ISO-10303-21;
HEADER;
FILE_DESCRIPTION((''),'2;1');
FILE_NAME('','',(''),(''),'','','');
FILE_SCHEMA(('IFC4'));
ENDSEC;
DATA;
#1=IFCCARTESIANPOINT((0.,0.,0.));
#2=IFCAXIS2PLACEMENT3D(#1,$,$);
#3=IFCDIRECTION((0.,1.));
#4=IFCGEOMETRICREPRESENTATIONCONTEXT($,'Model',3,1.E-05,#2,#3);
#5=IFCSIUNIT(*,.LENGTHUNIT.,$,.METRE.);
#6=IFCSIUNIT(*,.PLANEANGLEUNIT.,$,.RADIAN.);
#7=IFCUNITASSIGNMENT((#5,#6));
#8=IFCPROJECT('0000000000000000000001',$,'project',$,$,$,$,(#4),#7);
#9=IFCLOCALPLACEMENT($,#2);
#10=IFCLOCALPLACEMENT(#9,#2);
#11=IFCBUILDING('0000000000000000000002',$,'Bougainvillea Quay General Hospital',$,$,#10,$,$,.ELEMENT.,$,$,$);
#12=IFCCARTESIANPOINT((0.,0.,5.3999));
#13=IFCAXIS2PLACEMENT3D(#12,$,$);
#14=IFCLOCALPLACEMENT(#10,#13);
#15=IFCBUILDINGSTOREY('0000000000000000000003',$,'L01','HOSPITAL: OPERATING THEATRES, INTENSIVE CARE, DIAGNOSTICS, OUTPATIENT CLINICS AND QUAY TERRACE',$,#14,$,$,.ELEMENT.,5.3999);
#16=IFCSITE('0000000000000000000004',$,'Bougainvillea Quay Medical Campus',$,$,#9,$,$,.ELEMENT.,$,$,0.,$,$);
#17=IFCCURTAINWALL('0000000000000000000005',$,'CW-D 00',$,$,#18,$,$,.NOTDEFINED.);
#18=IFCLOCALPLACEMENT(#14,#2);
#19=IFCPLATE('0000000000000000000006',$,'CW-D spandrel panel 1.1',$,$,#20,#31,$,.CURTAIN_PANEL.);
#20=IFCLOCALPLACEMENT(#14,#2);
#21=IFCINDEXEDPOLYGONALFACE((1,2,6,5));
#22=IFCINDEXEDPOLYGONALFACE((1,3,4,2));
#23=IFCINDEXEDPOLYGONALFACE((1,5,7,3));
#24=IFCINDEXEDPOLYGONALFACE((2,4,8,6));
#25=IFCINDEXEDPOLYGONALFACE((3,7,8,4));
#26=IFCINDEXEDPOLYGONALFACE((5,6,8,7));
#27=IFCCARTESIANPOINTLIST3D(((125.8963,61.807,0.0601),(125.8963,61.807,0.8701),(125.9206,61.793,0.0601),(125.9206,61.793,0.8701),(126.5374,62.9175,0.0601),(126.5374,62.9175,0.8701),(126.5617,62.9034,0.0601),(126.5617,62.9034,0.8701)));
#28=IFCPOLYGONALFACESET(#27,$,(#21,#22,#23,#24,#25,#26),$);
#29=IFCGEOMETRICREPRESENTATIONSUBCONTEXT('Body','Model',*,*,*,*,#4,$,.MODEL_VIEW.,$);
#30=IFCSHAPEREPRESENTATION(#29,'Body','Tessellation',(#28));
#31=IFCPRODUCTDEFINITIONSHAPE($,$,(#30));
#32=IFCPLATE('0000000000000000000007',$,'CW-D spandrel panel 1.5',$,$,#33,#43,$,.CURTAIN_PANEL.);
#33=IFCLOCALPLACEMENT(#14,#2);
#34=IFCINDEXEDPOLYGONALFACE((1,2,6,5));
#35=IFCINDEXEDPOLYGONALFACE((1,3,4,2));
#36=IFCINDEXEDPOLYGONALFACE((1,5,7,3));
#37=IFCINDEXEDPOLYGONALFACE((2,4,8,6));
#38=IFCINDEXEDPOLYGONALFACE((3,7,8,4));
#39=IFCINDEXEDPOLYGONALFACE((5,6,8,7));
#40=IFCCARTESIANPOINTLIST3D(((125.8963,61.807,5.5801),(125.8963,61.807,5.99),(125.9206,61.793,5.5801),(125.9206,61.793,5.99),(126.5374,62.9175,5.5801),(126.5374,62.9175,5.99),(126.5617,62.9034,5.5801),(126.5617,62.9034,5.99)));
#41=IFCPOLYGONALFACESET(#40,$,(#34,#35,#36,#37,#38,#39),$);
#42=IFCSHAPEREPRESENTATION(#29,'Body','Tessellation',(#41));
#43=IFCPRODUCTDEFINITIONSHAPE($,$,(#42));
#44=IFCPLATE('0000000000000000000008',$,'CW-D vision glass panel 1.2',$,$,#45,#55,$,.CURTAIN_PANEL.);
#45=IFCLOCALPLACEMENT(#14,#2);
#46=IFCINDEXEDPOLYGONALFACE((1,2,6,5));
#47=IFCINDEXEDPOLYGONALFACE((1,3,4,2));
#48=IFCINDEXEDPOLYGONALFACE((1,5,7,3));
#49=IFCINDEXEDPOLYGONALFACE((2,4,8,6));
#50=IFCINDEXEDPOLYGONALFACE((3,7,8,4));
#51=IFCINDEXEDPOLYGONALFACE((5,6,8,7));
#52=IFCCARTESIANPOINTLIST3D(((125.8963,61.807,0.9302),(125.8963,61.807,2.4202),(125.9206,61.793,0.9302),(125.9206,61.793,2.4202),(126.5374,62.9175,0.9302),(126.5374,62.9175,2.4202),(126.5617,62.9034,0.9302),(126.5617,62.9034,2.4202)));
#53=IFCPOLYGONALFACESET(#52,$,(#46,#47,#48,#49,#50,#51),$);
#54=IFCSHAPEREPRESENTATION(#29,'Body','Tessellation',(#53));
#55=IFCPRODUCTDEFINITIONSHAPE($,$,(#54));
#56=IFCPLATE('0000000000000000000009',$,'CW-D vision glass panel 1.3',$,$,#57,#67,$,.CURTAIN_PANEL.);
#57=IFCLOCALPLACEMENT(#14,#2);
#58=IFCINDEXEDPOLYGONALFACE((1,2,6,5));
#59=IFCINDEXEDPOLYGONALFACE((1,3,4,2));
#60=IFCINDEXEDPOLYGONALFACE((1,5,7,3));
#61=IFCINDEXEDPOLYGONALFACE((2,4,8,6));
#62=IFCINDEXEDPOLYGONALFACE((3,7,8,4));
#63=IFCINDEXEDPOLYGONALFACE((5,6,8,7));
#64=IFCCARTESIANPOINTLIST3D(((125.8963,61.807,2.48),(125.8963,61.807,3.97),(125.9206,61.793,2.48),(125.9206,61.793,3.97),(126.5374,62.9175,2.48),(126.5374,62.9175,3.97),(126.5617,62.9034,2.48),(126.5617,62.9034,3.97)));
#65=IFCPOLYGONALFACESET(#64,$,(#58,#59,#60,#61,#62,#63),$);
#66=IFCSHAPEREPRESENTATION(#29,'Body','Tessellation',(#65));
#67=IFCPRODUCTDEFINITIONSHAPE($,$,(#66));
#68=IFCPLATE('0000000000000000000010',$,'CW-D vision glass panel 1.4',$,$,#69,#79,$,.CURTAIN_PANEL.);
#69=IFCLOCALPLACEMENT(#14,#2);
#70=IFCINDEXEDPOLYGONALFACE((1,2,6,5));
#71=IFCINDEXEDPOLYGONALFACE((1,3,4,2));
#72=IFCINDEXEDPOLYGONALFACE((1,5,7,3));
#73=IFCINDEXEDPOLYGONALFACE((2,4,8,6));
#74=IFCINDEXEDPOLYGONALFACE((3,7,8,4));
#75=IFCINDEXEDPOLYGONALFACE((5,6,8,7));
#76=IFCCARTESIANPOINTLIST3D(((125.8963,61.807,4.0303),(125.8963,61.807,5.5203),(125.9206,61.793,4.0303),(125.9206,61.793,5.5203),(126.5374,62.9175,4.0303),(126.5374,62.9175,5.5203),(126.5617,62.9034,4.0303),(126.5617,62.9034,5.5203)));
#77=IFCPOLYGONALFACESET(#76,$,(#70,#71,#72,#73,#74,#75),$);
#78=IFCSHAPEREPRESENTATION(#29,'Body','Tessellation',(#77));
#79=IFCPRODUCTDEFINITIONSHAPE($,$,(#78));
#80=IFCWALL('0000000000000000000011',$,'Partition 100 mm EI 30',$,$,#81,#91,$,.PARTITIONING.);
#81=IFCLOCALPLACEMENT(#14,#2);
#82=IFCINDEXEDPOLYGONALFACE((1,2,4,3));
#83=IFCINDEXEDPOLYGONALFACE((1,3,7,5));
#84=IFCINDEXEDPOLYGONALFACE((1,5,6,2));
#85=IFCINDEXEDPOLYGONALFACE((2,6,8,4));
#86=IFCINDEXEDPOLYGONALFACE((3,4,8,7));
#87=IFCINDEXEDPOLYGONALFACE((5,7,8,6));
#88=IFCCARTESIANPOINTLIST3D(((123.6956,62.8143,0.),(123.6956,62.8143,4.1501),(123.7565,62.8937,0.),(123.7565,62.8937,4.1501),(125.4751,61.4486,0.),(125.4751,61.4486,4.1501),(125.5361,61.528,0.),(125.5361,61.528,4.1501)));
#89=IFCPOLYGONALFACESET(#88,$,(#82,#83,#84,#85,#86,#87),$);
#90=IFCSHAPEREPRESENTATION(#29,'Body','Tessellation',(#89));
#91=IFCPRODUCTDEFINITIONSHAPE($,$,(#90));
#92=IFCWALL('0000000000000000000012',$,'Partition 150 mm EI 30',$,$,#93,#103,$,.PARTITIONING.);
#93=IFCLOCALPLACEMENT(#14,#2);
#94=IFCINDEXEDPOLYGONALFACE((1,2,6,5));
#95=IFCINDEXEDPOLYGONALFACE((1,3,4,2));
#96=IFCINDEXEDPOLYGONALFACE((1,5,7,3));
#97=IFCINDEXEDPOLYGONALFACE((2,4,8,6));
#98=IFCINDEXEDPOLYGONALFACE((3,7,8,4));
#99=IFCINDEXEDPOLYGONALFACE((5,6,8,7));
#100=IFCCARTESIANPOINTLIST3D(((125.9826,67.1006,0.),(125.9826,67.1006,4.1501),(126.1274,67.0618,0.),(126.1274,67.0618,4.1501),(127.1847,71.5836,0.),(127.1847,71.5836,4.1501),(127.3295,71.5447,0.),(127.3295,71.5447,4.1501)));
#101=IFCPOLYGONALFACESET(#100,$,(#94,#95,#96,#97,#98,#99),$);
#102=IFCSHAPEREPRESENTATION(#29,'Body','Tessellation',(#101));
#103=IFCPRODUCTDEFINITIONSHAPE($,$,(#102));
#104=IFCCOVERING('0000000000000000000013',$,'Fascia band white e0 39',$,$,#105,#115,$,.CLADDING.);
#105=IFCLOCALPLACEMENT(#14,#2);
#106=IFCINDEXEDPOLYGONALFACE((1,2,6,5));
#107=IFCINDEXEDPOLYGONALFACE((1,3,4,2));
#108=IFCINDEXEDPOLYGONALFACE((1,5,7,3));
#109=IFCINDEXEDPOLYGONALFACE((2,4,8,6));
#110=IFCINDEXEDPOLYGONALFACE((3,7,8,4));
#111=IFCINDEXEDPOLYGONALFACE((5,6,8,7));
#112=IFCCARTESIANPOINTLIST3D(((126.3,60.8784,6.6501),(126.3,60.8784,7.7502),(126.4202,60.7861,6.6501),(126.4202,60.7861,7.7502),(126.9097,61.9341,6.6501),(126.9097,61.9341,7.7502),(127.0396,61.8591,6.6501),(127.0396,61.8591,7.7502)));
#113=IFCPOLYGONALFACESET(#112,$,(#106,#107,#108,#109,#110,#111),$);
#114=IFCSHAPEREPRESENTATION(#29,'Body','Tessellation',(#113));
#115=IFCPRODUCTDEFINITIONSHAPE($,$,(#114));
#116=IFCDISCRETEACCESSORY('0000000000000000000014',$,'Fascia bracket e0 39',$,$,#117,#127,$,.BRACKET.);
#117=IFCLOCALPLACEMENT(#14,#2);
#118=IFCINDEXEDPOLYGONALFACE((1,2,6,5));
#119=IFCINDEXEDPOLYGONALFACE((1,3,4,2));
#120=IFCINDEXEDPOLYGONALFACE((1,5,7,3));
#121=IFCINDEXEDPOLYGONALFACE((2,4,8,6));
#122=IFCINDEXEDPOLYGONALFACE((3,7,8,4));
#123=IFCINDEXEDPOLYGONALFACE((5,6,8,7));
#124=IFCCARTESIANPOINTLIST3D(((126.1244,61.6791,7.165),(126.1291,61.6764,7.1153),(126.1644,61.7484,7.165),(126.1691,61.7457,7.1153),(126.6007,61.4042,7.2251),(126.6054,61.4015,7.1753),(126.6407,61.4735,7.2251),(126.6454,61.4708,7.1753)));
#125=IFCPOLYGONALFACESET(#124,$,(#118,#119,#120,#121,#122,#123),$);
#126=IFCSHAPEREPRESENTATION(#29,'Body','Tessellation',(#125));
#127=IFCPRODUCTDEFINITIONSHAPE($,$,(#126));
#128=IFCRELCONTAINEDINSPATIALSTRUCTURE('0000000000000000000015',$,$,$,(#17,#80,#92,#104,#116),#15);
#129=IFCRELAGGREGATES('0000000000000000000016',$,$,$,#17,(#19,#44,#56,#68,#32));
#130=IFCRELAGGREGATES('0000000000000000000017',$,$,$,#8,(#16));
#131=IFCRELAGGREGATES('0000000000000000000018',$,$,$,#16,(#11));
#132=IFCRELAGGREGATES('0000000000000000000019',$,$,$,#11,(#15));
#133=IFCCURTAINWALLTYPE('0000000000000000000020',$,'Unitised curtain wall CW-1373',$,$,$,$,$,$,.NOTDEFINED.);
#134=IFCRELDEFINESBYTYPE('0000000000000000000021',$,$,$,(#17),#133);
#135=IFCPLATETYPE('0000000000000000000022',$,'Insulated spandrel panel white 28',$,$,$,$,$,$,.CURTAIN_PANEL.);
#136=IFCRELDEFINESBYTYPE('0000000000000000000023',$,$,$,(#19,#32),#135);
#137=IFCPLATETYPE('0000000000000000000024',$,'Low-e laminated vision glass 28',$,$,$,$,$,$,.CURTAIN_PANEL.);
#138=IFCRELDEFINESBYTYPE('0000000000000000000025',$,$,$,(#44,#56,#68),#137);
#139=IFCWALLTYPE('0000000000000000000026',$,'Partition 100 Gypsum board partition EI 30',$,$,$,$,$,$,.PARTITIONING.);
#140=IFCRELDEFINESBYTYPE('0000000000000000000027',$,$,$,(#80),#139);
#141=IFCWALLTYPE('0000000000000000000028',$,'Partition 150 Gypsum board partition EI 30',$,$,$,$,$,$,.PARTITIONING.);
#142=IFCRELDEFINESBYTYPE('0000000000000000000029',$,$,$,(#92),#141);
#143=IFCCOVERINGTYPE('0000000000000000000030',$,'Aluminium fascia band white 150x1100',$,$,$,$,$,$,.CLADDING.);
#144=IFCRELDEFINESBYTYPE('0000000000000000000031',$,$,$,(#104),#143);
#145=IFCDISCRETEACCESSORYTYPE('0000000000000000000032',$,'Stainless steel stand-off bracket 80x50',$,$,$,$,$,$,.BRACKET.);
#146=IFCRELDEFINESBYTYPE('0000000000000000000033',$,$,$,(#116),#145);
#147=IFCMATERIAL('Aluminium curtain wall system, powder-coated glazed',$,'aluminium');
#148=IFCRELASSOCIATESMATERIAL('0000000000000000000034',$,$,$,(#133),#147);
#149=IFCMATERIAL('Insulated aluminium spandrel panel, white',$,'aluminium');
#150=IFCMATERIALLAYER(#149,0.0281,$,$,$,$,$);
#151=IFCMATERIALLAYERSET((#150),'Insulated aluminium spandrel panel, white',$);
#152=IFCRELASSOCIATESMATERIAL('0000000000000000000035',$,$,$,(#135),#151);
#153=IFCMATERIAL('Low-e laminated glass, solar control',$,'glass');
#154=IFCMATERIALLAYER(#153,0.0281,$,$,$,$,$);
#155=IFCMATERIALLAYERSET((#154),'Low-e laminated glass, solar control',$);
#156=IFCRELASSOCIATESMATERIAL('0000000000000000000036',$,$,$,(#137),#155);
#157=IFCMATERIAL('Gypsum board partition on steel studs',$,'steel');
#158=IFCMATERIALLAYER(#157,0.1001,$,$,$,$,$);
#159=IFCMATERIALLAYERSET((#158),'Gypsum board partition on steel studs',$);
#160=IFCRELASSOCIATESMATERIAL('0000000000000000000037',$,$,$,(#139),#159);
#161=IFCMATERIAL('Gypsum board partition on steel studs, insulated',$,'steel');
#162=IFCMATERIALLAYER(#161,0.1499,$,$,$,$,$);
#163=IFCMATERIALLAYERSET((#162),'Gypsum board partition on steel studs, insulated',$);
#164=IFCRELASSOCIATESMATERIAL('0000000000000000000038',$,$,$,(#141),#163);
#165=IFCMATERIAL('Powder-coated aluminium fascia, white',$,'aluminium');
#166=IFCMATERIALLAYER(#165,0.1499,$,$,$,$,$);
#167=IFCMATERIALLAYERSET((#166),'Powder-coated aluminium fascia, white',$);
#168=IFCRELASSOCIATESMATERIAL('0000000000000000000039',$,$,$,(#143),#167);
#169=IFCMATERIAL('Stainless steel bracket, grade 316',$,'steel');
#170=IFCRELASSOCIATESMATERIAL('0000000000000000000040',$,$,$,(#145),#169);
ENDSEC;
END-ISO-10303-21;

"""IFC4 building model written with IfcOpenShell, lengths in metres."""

from ifc_helpers import new_model, si_unit, direction, frame, frame_2d, origin, origin_2d, place, context, subcontext, project, spatial, polyline, rectangle, outline, extrude, material, layer, layer_set, material_profile, profile_set, type_object, element, aggregate, save


model = new_model("IFC4")

# Units and contexts
model_context = context("Model", 3, precision=1e-05, world=origin(), true_north=direction((0.0, 1.0)))
body_context = subcontext(model_context, "Body", "Model", "MODEL_VIEW")
ifc_project = project(units=[si_unit("LENGTHUNIT", "METRE"), si_unit("PLANEANGLEUNIT", "RADIAN")], contexts=[model_context])

# Site, building, storey
site_placement = place(None, origin())
site = spatial("IfcSite", under=ifc_project, at=site_placement, Name="Bougainvillea Quay Medical Campus", CompositionType="ELEMENT", RefElevation=0.0)
building_placement = place(site_placement, origin())
building = spatial("IfcBuilding", under=site, at=building_placement, Name="Bougainvillea Quay General Hospital", CompositionType="ELEMENT")
storey_placement = place(building_placement, frame((0.0, 0.0, 5.3999)))
storey = spatial("IfcBuildingStorey", under=building, at=storey_placement, Name="L01", Description="HOSPITAL: OPERATING THEATRES, INTENSIVE CARE, DIAGNOSTICS, OUTPATIENT CLINICS AND QUAY TERRACE", CompositionType="ELEMENT", Elevation=5.3999)

# Shared definitions
ifc_material_1 = material(Name="Aluminium curtain wall system, powder-coated glazed", Category="aluminium")

# Curtain wall
curtain_wall_type_1 = type_object("IfcCurtainWallType", Name="Unitised curtain wall CW-1373", PredefinedType="NOTDEFINED", material=ifc_material_1)
curtain_wall_1_placement = place(storey_placement, origin())
curtain_wall_1 = element("IfcCurtainWall", 1, at=curtain_wall_1_placement, inside=storey, type_object=curtain_wall_type_1, Name="CW-D 00", PredefinedType="NOTDEFINED")

# Plates
ifc_material_2 = material(Name="Insulated aluminium spandrel panel, white", Category="aluminium")
ifc_layer_1 = layer(ifc_material_2, 0.0281)
ifc_layer_set_1 = layer_set([ifc_layer_1], Name="Insulated aluminium spandrel panel, white")
plate_type_1 = type_object("IfcPlateType", Name="Insulated spandrel panel white 28", PredefinedType="CURTAIN_PANEL", material=ifc_layer_set_1)
plate_1_placement = place(storey_placement, frame((126.229, 62.3552, 0.0601), z_axis=(0.0, 0.0, 1.0), x_axis=(0.499962, 0.866048, 0.0)))
plate_1 = element("IfcPlate", 2, at=plate_1_placement, type_object=plate_type_1, Name="CW-D spandrel panel 1.1", PredefinedType="CURTAIN_PANEL", context=body_context, shape_type="SweptSolid", body=[
    extrude(rectangle(XDim=1.2822, YDim=0.0281, at=origin_2d()), origin(), (0.0, 0.0, 1.0), 0.8101),
])
plate_2_placement = place(storey_placement, frame((126.229, 62.3552, 5.5801), z_axis=(0.0, 0.0, 1.0), x_axis=(0.499962, 0.866048, 0.0)))
plate_2 = element("IfcPlate", 3, at=plate_2_placement, type_object=plate_type_1, Name="CW-D spandrel panel 1.5", PredefinedType="CURTAIN_PANEL", context=body_context, shape_type="SweptSolid", body=[
    extrude(rectangle(XDim=1.2822, YDim=0.0281, at=origin_2d()), origin(), (0.0, 0.0, 1.0), 0.4099),
])
ifc_material_3 = material(Name="Low-e laminated glass, solar control", Category="glass")
ifc_layer_2 = layer(ifc_material_3, 0.0281)
ifc_layer_set_2 = layer_set([ifc_layer_2], Name="Low-e laminated glass, solar control")
plate_type_2 = type_object("IfcPlateType", Name="Low-e laminated vision glass 28", PredefinedType="CURTAIN_PANEL", material=ifc_layer_set_2)
plate_3_placement = place(storey_placement, frame((126.229, 62.3552, 0.9302), z_axis=(0.0, 0.0, 1.0), x_axis=(0.499962, 0.866048, 0.0)))
plate_3 = element("IfcPlate", 4, at=plate_3_placement, type_object=plate_type_2, Name="CW-D vision glass panel 1.2", PredefinedType="CURTAIN_PANEL", context=body_context, shape_type="SweptSolid", body=[
    extrude(rectangle(XDim=1.2822, YDim=0.0281, at=origin_2d()), origin(), (0.0, 0.0, 1.0), 1.49),
])
plate_4_placement = place(storey_placement, frame((126.229, 62.3552, 2.48), z_axis=(0.0, 0.0, 1.0), x_axis=(0.499962, 0.866048, 0.0)))
plate_4 = element("IfcPlate", 5, at=plate_4_placement, type_object=plate_type_2, Name="CW-D vision glass panel 1.3", PredefinedType="CURTAIN_PANEL", context=body_context, shape_type="SweptSolid", body=[
    extrude(rectangle(XDim=1.2822, YDim=0.0281, at=origin_2d()), origin(), (0.0, 0.0, 1.0), 1.49),
])
plate_5_placement = place(storey_placement, frame((126.229, 62.3552, 4.0303), z_axis=(0.0, 0.0, 1.0), x_axis=(0.499962, 0.866048, 0.0)))
plate_5 = element("IfcPlate", 6, at=plate_5_placement, type_object=plate_type_2, Name="CW-D vision glass panel 1.4", PredefinedType="CURTAIN_PANEL", context=body_context, shape_type="SweptSolid", body=[
    extrude(rectangle(XDim=1.2822, YDim=0.0281, at=origin_2d()), origin(), (0.0, 0.0, 1.0), 1.49),
])
aggregate(curtain_wall_1, [plate_1, plate_3, plate_4, plate_5, plate_2])

# Walls
ifc_material_4 = material(Name="Gypsum board partition on steel studs", Category="steel")
ifc_layer_3 = layer(ifc_material_4, 0.1001)
ifc_layer_set_3 = layer_set([ifc_layer_3], Name="Gypsum board partition on steel studs")
wall_type_1 = type_object("IfcWallType", Name="Partition 100 Gypsum board partition EI 30", PredefinedType="PARTITIONING", material=ifc_layer_set_3)
wall_1_placement = place(storey_placement, frame((123.7261, 62.854, 0.0), z_axis=(0.0, 0.0, 1.0), x_axis=(0.793303, -0.608827, 0.0)))
element("IfcWall", 7, at=wall_1_placement, inside=storey, type_object=wall_type_1, Name="Partition 100 mm EI 30", PredefinedType="PARTITIONING", context=body_context, shape_type="SweptSolid", body=[
    extrude(rectangle(XDim=2.2432, YDim=0.1001, at=frame_2d((1.1216, 0.0))), origin(), (0.0, 0.0, 1.0), 4.1501),
])
ifc_material_5 = material(Name="Gypsum board partition on steel studs, insulated", Category="steel")
ifc_layer_4 = layer(ifc_material_5, 0.1499)
ifc_layer_set_4 = layer_set([ifc_layer_4], Name="Gypsum board partition on steel studs, insulated")
wall_type_2 = type_object("IfcWallType", Name="Partition 150 Gypsum board partition EI 30", PredefinedType="PARTITIONING", material=ifc_layer_set_4)
wall_2_placement = place(storey_placement, frame((126.0549, 67.0811, 0.0), z_axis=(0.0, 0.0, 1.0), x_axis=(0.259011, 0.965874, 0.0)))
element("IfcWall", 8, at=wall_2_placement, inside=storey, type_object=wall_type_2, Name="Partition 150 mm EI 30", PredefinedType="PARTITIONING", context=body_context, shape_type="SweptSolid", body=[
    extrude(rectangle(XDim=4.6414, YDim=0.1499, at=frame_2d((2.3208, 0.0))), origin(), (0.0, 0.0, 1.0), 4.1501),
])

# Covering
ifc_material_6 = material(Name="Powder-coated aluminium fascia, white", Category="aluminium")
ifc_layer_5 = layer(ifc_material_6, 0.1499)
ifc_layer_set_5 = layer_set([ifc_layer_5], Name="Powder-coated aluminium fascia, white")
covering_type = type_object("IfcCoveringType", Name="Aluminium fascia band white 150x1100", PredefinedType="CLADDING", material=ifc_layer_set_5)
covering_placement = place(storey_placement, frame((126.3, 60.8784, 6.6501), z_axis=(0.0, 0.0, 1.0), x_axis=(0.500081, 0.865979, 0.0)))
element("IfcCovering", 9, at=covering_placement, inside=storey, type_object=covering_type, Name="Fascia band white e0 39", PredefinedType="CLADDING", context=body_context, shape_type="SweptSolid", body=[
    extrude(outline(polyline([(0.0, 0.0), (1.219, 0.0), (1.2191, -0.15), (-0.0198, -0.1502), (0.0, 0.0)])), origin(), (0.0, 0.0, 1.0), 1.1001),
])

# Discrete accessory
ifc_material_7 = material(Name="Stainless steel bracket, grade 316", Category="steel")
ifc_material_profile_1 = material_profile(ifc_material_7, rectangle(XDim=0.0801, YDim=0.05, at=origin_2d()))
ifc_profile_set_1 = profile_set([ifc_material_profile_1], Name="Stainless steel bracket, grade 316")
discrete_accessory_type = type_object("IfcDiscreteAccessoryType", Name="Stainless steel stand-off bracket 80x50", PredefinedType="BRACKET", material=ifc_profile_set_1)
discrete_accessory_placement = place(storey_placement, frame((126.1467, 61.7124, 7.1401), z_axis=(0.860985, -0.496909, 0.108561), x_axis=(0.499863, 0.866104, 0.0)))
element("IfcDiscreteAccessory", 10, at=discrete_accessory_placement, inside=storey, type_object=discrete_accessory_type, Name="Fascia bracket e0 39", PredefinedType="BRACKET", context=body_context, shape_type="SweptSolid", body=[
    extrude(rectangle(XDim=0.0801, YDim=0.05, at=origin_2d()), origin(), (0.0, 0.0, 1.0), 0.5532),
])

save(model, "model.ifc")
